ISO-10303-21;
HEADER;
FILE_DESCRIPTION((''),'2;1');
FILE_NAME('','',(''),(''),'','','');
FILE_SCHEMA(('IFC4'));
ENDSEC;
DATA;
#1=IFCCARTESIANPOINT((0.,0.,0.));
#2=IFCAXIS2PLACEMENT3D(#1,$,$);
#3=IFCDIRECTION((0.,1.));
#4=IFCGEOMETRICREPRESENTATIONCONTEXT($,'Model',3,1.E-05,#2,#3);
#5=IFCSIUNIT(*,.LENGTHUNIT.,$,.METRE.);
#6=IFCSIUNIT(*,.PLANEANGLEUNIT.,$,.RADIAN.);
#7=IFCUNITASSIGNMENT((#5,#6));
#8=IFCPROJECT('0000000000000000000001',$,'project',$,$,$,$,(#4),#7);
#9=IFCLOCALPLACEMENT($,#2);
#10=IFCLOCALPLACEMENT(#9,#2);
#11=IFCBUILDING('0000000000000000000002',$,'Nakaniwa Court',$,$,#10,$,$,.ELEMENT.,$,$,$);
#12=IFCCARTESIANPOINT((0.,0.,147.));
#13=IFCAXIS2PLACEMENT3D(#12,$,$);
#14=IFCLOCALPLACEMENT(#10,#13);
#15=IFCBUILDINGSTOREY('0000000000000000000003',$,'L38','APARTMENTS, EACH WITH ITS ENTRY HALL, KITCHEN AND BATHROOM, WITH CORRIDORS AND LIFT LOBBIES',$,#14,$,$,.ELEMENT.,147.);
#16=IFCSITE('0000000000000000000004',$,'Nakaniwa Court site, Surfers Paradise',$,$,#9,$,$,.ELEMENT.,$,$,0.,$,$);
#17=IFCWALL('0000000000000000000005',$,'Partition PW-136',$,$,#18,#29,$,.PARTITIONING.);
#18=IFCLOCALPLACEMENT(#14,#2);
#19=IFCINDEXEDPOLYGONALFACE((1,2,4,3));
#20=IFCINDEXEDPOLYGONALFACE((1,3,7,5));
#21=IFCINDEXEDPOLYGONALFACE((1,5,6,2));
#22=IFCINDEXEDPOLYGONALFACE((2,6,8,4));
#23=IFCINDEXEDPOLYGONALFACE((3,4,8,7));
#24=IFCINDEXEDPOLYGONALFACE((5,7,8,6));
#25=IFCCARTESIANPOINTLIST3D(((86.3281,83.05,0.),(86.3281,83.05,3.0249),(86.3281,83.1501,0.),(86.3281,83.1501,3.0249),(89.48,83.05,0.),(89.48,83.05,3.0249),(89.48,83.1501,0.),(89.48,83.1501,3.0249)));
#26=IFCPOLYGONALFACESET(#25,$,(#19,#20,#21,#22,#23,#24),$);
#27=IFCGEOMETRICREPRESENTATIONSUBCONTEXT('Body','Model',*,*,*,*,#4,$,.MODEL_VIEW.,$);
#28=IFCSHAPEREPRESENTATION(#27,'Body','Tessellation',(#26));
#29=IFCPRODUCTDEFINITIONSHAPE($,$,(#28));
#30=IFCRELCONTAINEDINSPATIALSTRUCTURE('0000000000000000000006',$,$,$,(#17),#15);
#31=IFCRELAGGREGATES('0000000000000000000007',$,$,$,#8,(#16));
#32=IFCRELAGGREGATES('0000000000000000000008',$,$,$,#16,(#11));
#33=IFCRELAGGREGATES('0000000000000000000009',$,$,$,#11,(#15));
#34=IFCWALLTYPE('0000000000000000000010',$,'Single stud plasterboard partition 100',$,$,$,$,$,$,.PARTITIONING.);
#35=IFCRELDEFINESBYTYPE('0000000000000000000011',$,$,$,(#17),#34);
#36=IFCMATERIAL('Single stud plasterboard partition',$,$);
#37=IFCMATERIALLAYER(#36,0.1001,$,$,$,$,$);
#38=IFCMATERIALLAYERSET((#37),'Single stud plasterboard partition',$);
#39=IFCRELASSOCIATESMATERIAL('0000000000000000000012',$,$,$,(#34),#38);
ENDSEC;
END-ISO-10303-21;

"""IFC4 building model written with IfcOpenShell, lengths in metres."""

from ifc_helpers import new_model, si_unit, direction, frame, frame_2d, origin, place, context, subcontext, project, spatial, rectangle, extrude, material, layer, layer_set, type_object, element, save


model = new_model("IFC4")

# Units and contexts
model_context = context("Model", 3, precision=1e-05, world=origin(), true_north=direction((0.0, 1.0)))
body_context = subcontext(model_context, "Body", "Model", "MODEL_VIEW")
ifc_project = project(units=[si_unit("LENGTHUNIT", "METRE"), si_unit("PLANEANGLEUNIT", "RADIAN")], contexts=[model_context])

# Site, building, storey
site_placement = place(None, origin())
site = spatial("IfcSite", under=ifc_project, at=site_placement, Name="Nakaniwa Court site, Surfers Paradise", CompositionType="ELEMENT", RefElevation=0.0)
building_placement = place(site_placement, origin())
building = spatial("IfcBuilding", under=site, at=building_placement, Name="Nakaniwa Court", CompositionType="ELEMENT")
storey_placement = place(building_placement, frame((0.0, 0.0, 147.0)))
storey = spatial("IfcBuildingStorey", under=building, at=storey_placement, Name="L38", Description="APARTMENTS, EACH WITH ITS ENTRY HALL, KITCHEN AND BATHROOM, WITH CORRIDORS AND LIFT LOBBIES", CompositionType="ELEMENT", Elevation=147.0)

# Wall
ifc_material_1 = material(Name="Single stud plasterboard partition")
ifc_layer_1 = layer(ifc_material_1, 0.1001)
ifc_layer_set_1 = layer_set([ifc_layer_1], Name="Single stud plasterboard partition")
wall_type_1 = type_object("IfcWallType", Name="Single stud plasterboard partition 100", PredefinedType="PARTITIONING", material=ifc_layer_set_1)
wall_1_placement = place(storey_placement, frame((86.3281, 83.1001, 0.0), z_axis=(0.0, 0.0, 1.0), x_axis=(1.0, 0.0, 0.0)))
element("IfcWall", 1, at=wall_1_placement, inside=storey, type_object=wall_type_1, Name="Partition PW-136", PredefinedType="PARTITIONING", context=body_context, shape_type="SweptSolid", body=[
    extrude(rectangle(XDim=3.1519, YDim=0.1001, at=frame_2d((1.5759, 0.0))), origin(), (0.0, 0.0, 1.0), 3.0249),
])

save(model, "model.ifc")
